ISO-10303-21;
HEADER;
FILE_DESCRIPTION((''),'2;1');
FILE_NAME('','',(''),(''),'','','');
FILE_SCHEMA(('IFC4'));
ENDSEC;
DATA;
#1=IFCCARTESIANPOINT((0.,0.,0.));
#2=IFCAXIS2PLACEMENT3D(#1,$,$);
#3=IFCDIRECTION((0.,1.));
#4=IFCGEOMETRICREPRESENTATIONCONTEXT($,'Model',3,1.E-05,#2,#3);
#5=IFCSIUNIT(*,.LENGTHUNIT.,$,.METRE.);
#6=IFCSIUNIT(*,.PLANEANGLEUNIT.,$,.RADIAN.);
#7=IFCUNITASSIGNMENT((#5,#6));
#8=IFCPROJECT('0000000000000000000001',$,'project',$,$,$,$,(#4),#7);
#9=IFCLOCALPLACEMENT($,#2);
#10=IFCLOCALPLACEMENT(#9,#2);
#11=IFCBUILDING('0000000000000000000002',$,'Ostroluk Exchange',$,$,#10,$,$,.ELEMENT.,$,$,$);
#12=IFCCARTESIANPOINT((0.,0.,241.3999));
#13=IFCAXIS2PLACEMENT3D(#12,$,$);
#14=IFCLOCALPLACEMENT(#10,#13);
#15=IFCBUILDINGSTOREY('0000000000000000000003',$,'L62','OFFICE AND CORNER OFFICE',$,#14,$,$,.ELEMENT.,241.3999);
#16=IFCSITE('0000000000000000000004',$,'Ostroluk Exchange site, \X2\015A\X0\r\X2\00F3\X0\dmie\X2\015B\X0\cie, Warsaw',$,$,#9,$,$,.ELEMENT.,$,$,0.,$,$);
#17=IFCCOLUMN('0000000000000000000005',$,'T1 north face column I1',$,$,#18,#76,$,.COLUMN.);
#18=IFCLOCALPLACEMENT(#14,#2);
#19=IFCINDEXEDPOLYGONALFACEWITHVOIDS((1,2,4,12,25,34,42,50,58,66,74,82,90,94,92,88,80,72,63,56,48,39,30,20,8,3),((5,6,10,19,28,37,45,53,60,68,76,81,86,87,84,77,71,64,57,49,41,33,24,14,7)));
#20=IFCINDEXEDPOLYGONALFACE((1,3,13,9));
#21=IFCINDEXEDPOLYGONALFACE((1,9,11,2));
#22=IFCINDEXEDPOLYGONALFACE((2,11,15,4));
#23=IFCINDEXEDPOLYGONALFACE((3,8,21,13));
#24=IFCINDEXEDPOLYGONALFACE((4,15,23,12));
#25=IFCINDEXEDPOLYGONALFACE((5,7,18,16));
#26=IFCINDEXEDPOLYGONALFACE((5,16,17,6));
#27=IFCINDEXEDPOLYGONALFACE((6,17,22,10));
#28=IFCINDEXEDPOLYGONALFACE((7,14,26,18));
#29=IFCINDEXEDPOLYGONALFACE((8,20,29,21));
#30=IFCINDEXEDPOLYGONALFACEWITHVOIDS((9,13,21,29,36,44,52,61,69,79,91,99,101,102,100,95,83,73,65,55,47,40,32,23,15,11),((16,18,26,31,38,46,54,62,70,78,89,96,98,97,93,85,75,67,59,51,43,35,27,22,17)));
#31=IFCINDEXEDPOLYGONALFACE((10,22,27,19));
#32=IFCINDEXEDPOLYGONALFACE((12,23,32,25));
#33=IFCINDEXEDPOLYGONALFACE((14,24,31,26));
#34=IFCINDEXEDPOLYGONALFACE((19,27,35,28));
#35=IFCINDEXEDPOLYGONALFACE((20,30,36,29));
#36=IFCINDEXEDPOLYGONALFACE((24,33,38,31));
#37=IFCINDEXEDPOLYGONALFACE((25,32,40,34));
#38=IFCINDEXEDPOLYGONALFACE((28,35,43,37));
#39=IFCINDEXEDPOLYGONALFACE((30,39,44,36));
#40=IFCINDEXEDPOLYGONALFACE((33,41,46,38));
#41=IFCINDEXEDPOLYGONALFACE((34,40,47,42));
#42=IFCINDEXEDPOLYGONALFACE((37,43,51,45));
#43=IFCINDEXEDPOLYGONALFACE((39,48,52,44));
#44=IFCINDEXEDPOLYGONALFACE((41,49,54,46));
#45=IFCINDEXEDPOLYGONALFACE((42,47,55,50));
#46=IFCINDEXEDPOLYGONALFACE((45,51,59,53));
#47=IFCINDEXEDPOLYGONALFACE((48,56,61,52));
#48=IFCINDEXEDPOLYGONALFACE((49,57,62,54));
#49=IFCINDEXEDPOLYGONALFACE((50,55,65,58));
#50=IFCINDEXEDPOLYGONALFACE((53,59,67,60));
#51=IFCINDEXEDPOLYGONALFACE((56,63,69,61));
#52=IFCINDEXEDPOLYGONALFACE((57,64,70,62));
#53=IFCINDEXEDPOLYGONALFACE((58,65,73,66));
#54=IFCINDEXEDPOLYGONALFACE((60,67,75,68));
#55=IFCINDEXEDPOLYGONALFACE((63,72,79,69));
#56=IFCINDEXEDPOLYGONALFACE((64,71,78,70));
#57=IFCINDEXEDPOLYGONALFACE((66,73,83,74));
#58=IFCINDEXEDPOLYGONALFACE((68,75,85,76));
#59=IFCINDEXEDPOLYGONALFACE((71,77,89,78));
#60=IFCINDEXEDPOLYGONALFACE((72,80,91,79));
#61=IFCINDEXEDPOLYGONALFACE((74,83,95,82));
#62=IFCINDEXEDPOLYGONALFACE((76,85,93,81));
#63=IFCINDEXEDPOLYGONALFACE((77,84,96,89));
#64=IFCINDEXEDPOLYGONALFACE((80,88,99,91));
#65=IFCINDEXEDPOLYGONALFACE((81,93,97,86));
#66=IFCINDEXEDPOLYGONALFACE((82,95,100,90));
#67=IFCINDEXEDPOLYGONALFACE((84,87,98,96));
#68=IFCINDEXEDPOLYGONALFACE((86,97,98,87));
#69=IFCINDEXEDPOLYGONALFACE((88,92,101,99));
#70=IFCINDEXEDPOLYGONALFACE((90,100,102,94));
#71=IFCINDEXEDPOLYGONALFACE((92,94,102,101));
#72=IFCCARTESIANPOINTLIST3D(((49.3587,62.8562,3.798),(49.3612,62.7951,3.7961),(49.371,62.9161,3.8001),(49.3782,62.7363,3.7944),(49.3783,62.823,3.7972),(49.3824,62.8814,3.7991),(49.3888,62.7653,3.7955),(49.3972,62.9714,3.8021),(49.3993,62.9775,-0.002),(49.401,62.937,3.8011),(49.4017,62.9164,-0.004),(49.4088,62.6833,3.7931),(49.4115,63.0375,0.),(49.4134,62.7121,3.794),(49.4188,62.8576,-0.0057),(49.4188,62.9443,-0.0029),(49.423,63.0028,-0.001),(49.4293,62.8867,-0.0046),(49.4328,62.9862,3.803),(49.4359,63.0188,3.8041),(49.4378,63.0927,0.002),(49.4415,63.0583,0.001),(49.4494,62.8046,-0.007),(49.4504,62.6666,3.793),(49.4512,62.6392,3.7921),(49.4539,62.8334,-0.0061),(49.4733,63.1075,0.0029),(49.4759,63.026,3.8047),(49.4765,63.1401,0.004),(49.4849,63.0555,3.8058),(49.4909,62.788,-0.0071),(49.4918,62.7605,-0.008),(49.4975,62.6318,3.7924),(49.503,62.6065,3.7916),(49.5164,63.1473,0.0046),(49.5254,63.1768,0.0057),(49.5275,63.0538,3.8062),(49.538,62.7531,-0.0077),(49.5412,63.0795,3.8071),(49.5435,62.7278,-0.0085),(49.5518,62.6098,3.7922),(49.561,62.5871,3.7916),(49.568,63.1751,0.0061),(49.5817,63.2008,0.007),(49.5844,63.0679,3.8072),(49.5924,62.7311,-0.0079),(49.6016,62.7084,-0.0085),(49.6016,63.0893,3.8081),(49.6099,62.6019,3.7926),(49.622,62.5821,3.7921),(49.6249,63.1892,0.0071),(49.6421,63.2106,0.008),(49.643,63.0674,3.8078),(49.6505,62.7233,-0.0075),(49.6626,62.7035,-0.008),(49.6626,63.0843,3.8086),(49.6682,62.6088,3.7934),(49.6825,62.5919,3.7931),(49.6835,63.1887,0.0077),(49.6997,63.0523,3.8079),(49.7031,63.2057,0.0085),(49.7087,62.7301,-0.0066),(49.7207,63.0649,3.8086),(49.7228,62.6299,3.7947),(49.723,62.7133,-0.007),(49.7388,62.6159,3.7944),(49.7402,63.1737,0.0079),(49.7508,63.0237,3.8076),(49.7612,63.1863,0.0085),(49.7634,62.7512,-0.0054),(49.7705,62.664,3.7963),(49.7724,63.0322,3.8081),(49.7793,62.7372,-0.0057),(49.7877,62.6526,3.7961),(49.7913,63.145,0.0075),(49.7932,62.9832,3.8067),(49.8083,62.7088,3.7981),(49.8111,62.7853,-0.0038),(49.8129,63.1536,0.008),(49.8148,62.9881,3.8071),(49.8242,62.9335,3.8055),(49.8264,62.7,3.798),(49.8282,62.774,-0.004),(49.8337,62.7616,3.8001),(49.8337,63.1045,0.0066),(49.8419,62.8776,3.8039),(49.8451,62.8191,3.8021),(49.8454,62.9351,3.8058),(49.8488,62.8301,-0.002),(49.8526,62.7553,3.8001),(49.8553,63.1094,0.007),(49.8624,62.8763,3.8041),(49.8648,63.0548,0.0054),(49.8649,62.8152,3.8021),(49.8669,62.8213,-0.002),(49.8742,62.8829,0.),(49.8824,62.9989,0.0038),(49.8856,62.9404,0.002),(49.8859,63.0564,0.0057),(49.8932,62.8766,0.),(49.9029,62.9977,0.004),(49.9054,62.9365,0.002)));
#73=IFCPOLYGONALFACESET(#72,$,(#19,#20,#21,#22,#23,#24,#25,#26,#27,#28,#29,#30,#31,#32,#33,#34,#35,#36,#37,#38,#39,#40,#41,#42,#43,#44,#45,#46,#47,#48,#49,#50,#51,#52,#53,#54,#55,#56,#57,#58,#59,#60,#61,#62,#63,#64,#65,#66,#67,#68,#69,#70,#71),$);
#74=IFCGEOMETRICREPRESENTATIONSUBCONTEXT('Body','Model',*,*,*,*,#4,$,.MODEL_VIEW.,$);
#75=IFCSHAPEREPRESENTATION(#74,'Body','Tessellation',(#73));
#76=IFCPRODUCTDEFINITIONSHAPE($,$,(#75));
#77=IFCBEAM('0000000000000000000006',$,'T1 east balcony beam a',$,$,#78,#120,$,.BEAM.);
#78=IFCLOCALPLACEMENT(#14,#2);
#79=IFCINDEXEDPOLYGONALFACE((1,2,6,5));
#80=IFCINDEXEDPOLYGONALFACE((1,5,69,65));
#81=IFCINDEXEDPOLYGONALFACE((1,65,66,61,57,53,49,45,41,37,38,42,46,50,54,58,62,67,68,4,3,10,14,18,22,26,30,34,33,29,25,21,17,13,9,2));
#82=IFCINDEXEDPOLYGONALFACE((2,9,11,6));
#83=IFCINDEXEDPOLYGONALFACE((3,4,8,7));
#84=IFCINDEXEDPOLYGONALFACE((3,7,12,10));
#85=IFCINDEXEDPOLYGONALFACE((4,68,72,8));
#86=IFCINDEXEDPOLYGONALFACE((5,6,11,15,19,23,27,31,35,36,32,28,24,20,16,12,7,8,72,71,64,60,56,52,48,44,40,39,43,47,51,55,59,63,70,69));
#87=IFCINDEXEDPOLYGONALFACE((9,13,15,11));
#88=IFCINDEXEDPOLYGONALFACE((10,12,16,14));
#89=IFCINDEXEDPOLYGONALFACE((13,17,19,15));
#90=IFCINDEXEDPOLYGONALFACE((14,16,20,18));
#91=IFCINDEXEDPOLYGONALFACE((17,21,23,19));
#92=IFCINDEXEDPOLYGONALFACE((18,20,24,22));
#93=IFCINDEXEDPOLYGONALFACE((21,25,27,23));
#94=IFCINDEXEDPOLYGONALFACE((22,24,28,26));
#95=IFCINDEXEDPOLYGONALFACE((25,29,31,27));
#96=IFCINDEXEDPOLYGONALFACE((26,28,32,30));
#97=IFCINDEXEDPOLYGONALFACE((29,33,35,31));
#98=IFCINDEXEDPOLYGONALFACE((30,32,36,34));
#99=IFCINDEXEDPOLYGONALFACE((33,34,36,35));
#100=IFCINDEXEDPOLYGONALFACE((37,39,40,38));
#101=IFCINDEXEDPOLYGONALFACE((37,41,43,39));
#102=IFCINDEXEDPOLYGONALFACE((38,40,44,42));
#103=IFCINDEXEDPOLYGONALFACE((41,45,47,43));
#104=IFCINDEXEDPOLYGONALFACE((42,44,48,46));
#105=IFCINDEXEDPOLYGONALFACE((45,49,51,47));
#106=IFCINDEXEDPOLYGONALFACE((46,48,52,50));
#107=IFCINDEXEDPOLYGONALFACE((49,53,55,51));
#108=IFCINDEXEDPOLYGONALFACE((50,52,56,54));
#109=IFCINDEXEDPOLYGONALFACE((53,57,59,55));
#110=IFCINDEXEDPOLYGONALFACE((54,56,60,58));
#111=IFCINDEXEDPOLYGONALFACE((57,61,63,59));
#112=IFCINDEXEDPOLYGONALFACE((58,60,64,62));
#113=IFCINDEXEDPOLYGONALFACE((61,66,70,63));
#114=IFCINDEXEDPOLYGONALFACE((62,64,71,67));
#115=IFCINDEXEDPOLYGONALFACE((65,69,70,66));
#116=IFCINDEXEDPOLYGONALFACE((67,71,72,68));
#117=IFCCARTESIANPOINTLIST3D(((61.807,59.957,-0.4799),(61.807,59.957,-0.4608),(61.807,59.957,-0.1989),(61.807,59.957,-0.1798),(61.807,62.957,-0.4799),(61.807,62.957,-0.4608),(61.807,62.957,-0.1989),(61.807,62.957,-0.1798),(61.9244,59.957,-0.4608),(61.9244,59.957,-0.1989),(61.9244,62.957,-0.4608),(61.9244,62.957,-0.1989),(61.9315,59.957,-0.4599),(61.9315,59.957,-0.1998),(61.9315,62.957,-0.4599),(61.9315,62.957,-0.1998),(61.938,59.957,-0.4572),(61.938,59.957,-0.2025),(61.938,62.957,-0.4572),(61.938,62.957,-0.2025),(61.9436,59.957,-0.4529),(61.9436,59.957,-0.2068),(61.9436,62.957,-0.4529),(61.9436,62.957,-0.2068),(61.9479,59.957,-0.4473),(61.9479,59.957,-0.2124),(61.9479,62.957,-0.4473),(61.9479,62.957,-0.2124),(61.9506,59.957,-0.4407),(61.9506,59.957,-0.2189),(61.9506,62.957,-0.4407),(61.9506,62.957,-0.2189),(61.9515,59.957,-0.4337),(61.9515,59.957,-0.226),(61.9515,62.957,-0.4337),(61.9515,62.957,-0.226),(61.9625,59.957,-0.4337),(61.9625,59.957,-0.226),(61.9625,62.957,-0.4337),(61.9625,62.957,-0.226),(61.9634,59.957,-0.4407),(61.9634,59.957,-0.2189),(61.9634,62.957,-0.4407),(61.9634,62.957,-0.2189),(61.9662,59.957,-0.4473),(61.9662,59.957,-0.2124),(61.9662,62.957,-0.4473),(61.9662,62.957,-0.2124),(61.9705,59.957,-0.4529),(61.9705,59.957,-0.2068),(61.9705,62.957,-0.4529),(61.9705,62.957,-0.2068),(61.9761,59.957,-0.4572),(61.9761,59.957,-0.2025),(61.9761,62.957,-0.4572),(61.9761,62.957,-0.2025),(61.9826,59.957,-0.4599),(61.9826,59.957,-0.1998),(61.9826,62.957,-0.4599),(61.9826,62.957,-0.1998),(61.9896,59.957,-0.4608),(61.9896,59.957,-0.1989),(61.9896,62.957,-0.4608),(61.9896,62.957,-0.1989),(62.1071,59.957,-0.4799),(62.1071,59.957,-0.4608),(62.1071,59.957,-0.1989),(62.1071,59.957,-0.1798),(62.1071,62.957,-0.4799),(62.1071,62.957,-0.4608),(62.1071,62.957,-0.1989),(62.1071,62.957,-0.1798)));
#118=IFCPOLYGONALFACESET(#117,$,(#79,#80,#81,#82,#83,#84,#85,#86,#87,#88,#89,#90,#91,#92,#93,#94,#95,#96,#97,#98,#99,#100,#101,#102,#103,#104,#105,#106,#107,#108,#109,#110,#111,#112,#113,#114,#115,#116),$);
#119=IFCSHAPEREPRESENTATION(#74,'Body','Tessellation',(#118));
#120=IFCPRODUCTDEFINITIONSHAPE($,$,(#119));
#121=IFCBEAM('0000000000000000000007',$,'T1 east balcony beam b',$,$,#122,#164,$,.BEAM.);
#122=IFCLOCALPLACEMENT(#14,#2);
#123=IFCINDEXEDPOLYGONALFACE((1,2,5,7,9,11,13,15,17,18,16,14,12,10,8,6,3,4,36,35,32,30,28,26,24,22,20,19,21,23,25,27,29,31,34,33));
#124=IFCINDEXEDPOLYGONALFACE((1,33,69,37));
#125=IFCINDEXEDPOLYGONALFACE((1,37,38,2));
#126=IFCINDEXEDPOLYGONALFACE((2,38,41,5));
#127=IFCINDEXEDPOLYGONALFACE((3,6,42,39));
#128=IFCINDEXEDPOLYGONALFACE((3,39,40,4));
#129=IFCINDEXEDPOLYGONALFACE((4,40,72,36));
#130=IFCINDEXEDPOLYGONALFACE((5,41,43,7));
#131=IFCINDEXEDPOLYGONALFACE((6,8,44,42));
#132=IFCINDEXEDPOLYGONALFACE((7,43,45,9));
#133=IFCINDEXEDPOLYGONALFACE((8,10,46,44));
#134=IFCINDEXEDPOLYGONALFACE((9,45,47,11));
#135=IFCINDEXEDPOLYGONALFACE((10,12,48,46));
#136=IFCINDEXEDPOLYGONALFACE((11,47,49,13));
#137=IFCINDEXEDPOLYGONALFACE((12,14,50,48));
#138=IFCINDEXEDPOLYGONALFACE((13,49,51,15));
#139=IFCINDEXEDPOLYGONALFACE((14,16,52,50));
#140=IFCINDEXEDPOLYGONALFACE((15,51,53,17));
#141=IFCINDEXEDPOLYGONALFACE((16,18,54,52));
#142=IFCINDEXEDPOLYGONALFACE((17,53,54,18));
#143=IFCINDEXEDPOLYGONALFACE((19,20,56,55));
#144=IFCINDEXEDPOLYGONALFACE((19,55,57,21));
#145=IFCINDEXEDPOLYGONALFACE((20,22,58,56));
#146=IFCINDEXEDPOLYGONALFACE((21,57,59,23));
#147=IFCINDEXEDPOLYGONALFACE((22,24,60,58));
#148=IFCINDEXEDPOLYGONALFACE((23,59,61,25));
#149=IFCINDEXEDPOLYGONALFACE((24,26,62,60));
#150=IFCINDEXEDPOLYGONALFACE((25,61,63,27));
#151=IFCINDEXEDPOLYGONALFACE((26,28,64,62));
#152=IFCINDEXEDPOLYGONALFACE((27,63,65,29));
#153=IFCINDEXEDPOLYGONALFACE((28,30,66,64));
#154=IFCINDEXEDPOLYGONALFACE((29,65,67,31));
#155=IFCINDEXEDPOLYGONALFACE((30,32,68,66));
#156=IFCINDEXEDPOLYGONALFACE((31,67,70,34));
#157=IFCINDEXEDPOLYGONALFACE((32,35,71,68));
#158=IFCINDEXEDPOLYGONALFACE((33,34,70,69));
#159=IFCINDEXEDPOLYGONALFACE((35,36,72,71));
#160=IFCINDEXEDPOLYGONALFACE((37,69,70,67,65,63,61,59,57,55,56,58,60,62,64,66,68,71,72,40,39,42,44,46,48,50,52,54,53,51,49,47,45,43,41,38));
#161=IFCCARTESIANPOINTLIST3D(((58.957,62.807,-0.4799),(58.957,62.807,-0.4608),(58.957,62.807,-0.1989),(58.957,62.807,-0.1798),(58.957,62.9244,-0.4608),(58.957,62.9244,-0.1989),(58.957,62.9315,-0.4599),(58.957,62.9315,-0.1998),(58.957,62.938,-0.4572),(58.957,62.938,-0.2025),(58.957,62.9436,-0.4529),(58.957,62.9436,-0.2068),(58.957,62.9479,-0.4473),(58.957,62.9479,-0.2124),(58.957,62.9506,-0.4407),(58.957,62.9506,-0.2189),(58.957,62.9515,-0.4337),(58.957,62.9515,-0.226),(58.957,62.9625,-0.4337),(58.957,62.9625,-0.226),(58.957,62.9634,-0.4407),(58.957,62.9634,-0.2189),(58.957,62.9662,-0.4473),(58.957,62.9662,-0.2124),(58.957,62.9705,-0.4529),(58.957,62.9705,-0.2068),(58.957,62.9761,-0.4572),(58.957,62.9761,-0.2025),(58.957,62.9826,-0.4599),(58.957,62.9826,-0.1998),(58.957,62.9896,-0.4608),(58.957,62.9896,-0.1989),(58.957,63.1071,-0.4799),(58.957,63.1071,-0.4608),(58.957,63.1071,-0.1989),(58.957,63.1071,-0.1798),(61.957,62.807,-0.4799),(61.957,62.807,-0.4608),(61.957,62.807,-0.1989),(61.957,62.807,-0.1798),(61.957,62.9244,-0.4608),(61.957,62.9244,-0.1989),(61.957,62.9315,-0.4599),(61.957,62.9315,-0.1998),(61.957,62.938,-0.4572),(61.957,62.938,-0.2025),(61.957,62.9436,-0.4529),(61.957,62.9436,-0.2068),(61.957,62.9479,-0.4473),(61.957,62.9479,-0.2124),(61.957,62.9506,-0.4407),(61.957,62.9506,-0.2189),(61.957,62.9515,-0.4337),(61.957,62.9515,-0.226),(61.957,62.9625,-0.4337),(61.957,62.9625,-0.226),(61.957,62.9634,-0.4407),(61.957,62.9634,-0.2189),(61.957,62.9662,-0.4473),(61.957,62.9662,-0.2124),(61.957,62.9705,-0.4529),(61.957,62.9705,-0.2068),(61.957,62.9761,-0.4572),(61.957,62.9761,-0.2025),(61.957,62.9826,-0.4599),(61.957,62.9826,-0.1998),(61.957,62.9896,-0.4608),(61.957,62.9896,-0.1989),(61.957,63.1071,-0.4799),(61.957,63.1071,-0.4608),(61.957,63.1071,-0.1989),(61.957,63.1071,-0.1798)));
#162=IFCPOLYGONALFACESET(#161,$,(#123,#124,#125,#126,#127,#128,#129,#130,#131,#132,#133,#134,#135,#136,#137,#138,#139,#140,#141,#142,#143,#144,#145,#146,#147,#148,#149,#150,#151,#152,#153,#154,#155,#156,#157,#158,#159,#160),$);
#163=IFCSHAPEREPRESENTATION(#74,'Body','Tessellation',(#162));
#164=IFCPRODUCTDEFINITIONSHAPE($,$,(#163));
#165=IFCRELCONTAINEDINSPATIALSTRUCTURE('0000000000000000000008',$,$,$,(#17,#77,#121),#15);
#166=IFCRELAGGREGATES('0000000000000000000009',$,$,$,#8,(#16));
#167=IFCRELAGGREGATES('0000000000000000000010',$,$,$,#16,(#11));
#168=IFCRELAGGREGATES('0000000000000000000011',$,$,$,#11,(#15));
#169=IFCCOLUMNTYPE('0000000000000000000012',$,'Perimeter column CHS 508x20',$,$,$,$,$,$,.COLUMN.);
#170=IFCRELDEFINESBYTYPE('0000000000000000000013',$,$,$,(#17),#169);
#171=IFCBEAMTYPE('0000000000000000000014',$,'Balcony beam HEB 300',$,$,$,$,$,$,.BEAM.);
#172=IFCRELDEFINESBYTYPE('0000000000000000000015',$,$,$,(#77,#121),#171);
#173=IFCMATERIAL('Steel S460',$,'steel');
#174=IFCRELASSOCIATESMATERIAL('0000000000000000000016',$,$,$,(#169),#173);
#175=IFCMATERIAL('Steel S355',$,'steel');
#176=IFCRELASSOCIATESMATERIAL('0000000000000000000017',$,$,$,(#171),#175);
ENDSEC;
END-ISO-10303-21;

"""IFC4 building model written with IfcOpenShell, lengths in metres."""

from ifc_helpers import new_model, si_unit, direction, frame, origin, origin_2d, place, context, subcontext, project, spatial, hollow_circle, i_section, extrude, material, material_profile, profile_set, type_object, element, save


model = new_model("IFC4")

# Units and contexts
model_context = context("Model", 3, precision=1e-05, world=origin(), true_north=direction((0.0, 1.0)))
body_context = subcontext(model_context, "Body", "Model", "MODEL_VIEW")
ifc_project = project(units=[si_unit("LENGTHUNIT", "METRE"), si_unit("PLANEANGLEUNIT", "RADIAN")], contexts=[model_context])

# Site, building, storey
site_placement = place(None, origin())
site = spatial("IfcSite", under=ifc_project, at=site_placement, Name="Ostroluk Exchange site, Śródmieście, Warsaw", CompositionType="ELEMENT", RefElevation=0.0)
building_placement = place(site_placement, origin())
building = spatial("IfcBuilding", under=site, at=building_placement, Name="Ostroluk Exchange", CompositionType="ELEMENT")
storey_placement = place(building_placement, frame((0.0, 0.0, 241.3999)))
storey = spatial("IfcBuildingStorey", under=building, at=storey_placement, Name="L62", Description="OFFICE AND CORNER OFFICE", CompositionType="ELEMENT", Elevation=241.3999)

# Column
ifc_material_1 = material(Name="Steel S460", Category="steel")
ifc_material_profile_1 = material_profile(ifc_material_1, hollow_circle(Radius=0.2539, WallThickness=0.02, at=origin_2d()), Name="CHS 508x20")
ifc_profile_set_1 = profile_set([ifc_material_profile_1], Name="Steel S460")
column_type_1 = type_object("IfcColumnType", Name="Perimeter column CHS 508x20", PredefinedType="COLUMN", material=ifc_profile_set_1)
column_1_placement = place(storey_placement, frame((49.6523, 62.957, 0.0), z_axis=(-0.010659, -0.031913, 0.999434), x_axis=(0.948492, -0.3168, 0.0)))
element("IfcColumn", 1, at=column_1_placement, inside=storey, type_object=column_type_1, Name="T1 north face column I1", PredefinedType="COLUMN", context=body_context, shape_type="SweptSolid", body=[
    extrude(hollow_circle(Radius=0.2539, WallThickness=0.02, at=origin_2d()), origin(), (0.0, 0.0, 1.0), 3.8022),
])

# Beams
ifc_material_2 = material(Name="Steel S355", Category="steel")
ifc_material_profile_2 = material_profile(ifc_material_2, i_section(OverallWidth=0.3, OverallDepth=0.3, WebThickness=0.011, FlangeThickness=0.019, FilletRadius=0.0271, at=origin_2d()), Name="HEB 300")
ifc_profile_set_2 = profile_set([ifc_material_profile_2], Name="Steel S355")
beam_type_1 = type_object("IfcBeamType", Name="Balcony beam HEB 300", PredefinedType="BEAM", material=ifc_profile_set_2)
for number, where, z_axis, x_axis, name in (
    (2, (61.957, 59.957, -0.3298), (0.0, 1.0, 0.0), (-1.0, 0.0, 0.0), "T1 east balcony beam a"),
    (3, (58.957, 62.957, -0.3298), (1.0, 0.0, 0.0), (0.0, 1.0, 0.0), "T1 east balcony beam b"),
):
    element("IfcBeam", number, at=place(storey_placement, frame(where, z_axis=z_axis, x_axis=x_axis)), inside=storey, type_object=beam_type_1, Name=name, PredefinedType="BEAM", context=body_context, shape_type="SweptSolid", body=[
        extrude(i_section(OverallWidth=0.3, OverallDepth=0.3, WebThickness=0.011, FlangeThickness=0.019, FilletRadius=0.0271, at=origin_2d()), origin(), (0.0, 0.0, 1.0), 3.0),
    ])

save(model, "model.ifc")
